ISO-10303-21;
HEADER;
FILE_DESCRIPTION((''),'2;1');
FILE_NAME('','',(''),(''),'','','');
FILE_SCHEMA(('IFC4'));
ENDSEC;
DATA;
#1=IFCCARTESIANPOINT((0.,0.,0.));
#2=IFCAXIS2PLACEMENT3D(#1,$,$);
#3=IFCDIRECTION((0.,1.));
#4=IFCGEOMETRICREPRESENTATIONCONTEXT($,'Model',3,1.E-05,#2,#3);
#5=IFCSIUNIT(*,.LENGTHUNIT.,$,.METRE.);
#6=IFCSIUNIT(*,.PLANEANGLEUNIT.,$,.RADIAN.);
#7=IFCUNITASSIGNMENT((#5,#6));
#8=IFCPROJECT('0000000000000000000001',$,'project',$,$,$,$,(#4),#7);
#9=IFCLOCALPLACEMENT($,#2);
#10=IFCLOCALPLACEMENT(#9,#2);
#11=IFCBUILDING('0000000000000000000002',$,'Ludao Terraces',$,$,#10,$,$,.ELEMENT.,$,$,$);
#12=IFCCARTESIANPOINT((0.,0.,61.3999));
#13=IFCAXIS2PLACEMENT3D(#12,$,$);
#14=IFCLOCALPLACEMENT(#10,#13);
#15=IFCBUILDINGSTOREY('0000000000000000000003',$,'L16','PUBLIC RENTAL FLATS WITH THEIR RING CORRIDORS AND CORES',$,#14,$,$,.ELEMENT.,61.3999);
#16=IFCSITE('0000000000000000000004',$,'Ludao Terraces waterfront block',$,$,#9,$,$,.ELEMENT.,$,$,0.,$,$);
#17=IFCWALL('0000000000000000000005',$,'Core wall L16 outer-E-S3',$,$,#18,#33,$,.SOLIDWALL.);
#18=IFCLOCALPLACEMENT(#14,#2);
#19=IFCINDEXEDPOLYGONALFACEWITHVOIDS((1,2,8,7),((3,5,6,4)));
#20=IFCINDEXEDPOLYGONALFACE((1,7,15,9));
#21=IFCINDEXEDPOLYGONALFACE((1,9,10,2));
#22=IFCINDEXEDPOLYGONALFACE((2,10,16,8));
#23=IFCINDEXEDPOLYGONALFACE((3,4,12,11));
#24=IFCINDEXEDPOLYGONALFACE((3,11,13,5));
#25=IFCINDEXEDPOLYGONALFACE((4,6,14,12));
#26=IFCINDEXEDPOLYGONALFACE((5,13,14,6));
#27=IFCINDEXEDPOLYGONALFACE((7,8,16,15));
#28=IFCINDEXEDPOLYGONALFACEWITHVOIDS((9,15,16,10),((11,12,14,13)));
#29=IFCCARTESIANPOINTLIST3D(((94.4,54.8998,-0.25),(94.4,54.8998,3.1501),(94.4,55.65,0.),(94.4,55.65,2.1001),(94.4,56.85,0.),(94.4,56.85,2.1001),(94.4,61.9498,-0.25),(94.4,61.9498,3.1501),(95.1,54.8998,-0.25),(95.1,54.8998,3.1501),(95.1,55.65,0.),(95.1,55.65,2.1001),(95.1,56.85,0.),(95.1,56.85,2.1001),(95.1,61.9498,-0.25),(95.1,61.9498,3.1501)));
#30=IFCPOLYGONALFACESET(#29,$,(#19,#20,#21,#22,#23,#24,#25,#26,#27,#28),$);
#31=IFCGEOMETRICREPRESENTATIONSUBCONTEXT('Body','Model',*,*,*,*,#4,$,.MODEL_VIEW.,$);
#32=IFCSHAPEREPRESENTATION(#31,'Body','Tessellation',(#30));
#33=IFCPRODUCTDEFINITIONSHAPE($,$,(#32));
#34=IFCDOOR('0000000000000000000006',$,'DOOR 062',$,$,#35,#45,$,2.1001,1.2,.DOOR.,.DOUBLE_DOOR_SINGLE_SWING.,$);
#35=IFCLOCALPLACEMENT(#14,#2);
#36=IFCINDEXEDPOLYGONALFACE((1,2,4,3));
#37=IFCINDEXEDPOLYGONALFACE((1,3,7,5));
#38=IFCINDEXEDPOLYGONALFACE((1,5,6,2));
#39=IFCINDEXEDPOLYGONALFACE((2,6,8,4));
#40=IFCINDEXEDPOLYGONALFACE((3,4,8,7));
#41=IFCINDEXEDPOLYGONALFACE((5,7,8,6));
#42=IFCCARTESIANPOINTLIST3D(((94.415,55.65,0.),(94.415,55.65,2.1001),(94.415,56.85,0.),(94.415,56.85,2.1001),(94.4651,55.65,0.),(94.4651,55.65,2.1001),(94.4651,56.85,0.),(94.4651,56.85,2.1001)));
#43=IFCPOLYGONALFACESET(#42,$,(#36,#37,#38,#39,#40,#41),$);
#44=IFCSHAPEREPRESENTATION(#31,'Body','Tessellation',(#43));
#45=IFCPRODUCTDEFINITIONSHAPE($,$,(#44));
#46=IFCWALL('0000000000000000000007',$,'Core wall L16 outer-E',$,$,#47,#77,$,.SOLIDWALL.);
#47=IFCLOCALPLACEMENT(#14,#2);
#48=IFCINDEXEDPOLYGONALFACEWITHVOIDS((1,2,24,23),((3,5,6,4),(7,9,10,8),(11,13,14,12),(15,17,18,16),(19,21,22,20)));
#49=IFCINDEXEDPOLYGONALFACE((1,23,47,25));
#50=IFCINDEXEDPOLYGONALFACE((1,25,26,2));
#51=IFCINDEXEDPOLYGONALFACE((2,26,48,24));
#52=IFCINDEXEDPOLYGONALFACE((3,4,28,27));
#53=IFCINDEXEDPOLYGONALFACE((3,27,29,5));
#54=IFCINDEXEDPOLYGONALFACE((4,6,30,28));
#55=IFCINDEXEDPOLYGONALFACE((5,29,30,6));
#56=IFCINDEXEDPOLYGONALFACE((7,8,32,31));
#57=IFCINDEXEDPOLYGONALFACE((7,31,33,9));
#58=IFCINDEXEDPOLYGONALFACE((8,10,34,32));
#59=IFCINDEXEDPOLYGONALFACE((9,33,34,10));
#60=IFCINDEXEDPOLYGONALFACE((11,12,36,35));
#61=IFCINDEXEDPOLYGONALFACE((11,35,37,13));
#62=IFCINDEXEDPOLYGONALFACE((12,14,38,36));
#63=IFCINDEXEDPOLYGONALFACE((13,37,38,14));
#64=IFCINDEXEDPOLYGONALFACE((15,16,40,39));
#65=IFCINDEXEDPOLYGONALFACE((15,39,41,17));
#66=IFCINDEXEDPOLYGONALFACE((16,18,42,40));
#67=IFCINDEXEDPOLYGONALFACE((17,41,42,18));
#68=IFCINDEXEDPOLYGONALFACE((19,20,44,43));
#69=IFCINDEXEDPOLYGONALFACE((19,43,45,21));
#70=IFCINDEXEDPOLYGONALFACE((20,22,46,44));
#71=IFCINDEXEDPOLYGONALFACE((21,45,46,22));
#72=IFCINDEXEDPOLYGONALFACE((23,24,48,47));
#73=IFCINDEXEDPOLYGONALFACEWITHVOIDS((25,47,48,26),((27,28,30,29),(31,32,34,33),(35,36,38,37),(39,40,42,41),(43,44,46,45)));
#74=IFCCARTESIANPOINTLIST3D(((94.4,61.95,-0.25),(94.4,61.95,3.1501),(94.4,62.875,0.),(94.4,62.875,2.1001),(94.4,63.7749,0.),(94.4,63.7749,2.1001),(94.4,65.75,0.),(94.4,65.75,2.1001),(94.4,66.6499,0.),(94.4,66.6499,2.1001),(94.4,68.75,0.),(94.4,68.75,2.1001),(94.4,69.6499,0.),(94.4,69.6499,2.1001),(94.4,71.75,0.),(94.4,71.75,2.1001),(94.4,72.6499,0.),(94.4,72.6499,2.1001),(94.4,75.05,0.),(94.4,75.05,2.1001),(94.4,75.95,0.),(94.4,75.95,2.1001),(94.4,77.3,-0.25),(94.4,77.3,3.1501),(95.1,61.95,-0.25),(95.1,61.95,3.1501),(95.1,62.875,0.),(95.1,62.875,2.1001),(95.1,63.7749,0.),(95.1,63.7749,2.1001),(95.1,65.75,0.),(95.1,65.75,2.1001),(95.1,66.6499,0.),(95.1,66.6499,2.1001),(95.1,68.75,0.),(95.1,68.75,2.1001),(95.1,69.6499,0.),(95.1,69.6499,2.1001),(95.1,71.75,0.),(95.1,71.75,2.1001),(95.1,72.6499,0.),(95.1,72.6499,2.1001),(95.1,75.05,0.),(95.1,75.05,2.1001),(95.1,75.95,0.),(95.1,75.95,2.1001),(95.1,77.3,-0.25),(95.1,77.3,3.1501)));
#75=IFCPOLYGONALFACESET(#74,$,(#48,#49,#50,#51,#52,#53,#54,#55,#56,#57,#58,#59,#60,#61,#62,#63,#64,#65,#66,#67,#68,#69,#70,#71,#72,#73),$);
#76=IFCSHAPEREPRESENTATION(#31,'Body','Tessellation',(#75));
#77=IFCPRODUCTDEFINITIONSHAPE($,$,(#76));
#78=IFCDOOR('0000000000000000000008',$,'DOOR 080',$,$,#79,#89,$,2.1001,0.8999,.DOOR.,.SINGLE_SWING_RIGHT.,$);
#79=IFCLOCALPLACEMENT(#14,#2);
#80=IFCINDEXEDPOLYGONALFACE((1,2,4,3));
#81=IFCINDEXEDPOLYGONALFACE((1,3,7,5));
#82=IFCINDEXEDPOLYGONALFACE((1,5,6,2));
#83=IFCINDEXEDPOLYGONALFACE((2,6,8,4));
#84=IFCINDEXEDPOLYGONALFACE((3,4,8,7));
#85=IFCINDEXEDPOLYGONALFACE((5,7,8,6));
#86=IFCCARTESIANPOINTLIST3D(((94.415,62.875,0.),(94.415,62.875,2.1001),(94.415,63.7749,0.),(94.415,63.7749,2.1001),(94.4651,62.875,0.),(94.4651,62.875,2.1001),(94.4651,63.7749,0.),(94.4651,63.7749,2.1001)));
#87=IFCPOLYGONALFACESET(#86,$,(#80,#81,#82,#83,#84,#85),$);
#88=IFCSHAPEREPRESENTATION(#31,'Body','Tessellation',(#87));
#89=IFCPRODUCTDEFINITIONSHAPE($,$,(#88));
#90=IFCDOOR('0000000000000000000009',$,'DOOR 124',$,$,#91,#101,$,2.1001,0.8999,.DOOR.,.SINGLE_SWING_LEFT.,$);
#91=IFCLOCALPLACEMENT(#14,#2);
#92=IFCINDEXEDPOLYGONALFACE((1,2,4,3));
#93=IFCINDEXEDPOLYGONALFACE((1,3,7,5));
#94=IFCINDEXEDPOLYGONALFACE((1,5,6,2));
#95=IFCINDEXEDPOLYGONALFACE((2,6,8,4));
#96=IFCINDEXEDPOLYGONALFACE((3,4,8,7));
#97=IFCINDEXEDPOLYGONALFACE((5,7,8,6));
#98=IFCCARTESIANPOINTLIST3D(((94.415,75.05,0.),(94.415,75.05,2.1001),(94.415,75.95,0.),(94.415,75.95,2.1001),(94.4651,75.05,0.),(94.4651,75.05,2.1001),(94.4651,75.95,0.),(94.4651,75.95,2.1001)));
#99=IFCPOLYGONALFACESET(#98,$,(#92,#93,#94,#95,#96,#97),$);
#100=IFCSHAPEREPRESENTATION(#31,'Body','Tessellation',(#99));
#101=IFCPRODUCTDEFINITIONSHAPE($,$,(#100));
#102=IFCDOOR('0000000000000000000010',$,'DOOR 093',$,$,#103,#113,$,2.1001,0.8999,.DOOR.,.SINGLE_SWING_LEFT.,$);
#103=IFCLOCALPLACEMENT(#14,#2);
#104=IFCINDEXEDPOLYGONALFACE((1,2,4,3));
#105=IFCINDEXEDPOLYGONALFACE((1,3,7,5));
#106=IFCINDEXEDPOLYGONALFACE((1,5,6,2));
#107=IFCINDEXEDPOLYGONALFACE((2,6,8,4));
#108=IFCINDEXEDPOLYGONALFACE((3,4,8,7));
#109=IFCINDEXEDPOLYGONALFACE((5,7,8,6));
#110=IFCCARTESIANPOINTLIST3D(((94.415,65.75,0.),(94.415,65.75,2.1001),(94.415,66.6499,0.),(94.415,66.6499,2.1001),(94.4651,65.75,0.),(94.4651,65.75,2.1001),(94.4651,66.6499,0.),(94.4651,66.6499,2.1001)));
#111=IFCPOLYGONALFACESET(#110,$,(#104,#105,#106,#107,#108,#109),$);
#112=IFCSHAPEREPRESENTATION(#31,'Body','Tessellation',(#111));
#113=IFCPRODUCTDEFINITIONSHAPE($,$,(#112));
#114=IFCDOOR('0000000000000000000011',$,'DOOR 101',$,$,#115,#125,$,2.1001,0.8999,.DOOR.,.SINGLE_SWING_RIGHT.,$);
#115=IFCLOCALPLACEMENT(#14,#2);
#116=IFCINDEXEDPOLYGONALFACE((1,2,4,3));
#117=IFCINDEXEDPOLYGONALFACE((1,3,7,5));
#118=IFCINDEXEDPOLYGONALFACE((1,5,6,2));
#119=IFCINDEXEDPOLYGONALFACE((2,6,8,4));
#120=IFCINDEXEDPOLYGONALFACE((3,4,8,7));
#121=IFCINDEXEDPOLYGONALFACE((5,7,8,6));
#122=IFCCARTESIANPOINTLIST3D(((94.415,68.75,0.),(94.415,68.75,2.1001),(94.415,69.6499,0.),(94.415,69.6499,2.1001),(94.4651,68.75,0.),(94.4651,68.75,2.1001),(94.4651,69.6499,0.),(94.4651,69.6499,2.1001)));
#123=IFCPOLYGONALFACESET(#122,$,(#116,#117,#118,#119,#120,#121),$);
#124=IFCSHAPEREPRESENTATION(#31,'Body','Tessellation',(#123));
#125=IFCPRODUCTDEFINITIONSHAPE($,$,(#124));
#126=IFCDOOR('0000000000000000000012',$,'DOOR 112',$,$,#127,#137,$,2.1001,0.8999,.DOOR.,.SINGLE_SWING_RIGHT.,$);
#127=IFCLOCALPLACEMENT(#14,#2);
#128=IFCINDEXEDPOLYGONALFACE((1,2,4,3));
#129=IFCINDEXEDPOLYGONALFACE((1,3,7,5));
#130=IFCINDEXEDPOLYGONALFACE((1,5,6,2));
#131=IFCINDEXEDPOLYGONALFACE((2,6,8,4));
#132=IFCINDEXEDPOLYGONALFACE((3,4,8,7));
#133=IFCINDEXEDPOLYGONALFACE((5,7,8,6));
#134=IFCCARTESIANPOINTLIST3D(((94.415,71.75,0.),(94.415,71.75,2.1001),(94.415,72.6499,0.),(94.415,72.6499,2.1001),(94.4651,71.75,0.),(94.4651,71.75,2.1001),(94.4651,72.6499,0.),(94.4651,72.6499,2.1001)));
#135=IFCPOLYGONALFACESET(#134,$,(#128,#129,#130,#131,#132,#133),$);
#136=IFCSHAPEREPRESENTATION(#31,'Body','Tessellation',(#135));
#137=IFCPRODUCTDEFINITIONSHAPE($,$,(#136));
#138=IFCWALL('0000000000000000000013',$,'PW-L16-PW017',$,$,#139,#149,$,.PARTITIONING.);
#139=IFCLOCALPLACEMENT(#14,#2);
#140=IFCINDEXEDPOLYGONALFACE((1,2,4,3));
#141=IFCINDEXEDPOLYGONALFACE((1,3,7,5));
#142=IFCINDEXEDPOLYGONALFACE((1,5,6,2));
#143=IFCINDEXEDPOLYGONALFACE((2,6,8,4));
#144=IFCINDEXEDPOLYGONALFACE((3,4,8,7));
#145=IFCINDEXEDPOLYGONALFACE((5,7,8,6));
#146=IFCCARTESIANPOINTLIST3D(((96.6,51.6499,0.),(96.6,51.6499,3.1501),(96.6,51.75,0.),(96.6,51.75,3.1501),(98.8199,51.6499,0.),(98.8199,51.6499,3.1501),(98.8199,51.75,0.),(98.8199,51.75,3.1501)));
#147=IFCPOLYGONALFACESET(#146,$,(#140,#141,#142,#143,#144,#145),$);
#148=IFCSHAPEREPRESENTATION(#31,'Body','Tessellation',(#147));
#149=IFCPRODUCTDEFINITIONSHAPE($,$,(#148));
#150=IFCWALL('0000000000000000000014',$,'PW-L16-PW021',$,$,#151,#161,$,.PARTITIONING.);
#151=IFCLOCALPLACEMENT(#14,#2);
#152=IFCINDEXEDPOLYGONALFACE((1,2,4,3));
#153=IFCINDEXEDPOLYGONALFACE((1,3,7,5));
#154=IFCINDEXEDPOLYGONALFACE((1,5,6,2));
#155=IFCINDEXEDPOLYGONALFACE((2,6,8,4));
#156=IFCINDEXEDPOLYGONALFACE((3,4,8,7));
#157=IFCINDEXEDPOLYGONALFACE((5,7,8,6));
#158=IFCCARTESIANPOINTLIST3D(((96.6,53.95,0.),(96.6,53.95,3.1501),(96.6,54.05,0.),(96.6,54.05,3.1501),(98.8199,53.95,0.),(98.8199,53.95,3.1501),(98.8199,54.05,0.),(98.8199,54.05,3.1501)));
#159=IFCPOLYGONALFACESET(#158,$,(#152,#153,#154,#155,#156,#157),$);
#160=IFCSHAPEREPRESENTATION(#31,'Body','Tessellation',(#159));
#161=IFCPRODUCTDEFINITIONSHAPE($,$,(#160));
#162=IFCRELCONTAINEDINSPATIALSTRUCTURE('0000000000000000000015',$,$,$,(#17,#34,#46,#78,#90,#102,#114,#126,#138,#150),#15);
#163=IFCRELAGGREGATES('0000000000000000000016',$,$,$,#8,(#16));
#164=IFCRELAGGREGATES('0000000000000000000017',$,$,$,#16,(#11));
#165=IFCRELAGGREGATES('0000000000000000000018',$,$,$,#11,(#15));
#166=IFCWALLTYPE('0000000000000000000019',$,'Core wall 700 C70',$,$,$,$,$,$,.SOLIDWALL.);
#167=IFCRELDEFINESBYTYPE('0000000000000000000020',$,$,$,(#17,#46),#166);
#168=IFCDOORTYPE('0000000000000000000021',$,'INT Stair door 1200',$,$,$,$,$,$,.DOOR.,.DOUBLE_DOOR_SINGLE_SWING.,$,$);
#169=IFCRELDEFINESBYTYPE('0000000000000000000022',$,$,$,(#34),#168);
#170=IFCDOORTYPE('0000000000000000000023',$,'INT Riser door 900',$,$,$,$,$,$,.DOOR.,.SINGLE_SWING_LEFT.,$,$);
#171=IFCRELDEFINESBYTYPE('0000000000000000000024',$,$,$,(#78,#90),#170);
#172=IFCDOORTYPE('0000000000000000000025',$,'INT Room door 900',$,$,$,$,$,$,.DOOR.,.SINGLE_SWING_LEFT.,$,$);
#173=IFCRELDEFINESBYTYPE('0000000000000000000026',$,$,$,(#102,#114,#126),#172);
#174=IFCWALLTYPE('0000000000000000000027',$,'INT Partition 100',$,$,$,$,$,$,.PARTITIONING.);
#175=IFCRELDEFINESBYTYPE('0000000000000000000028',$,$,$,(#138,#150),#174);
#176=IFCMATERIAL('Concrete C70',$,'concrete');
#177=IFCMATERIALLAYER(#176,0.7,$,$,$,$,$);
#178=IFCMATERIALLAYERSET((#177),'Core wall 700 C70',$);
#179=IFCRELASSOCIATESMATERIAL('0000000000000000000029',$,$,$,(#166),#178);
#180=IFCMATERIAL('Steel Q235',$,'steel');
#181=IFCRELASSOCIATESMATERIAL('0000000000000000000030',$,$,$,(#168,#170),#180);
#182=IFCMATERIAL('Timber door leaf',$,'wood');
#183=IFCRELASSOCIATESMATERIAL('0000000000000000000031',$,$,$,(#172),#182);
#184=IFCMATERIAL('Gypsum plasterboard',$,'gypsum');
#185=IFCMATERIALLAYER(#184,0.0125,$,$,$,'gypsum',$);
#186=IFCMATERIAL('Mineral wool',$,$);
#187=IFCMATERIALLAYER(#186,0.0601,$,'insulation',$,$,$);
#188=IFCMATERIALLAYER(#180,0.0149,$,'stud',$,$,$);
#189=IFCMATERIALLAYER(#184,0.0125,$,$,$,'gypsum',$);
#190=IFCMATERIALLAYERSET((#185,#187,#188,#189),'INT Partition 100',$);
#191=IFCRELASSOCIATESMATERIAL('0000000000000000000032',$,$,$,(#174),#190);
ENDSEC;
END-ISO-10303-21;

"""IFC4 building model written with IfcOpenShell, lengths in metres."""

from ifc_helpers import new_model, si_unit, direction, frame, frame_2d, origin, place, context, subcontext, project, spatial, rectangle, extrude, material, layer, layer_set, type_object, element, fill, save


model = new_model("IFC4")

# Units and contexts
model_context = context("Model", 3, precision=1e-05, world=origin(), true_north=direction((0.0, 1.0)))
body_context = subcontext(model_context, "Body", "Model", "MODEL_VIEW")
ifc_project = project(units=[si_unit("LENGTHUNIT", "METRE"), si_unit("PLANEANGLEUNIT", "RADIAN")], contexts=[model_context])

# Site, building, storey
site_placement = place(None, origin())
site = spatial("IfcSite", under=ifc_project, at=site_placement, Name="Ludao Terraces waterfront block", CompositionType="ELEMENT", RefElevation=0.0)
building_placement = place(site_placement, origin())
building = spatial("IfcBuilding", under=site, at=building_placement, Name="Ludao Terraces", CompositionType="ELEMENT")
storey_placement = place(building_placement, frame((0.0, 0.0, 61.3999)))
storey = spatial("IfcBuildingStorey", under=building, at=storey_placement, Name="L16", Description="PUBLIC RENTAL FLATS WITH THEIR RING CORRIDORS AND CORES", CompositionType="ELEMENT", Elevation=61.3999)

# Wall, opening, door
ifc_material_1 = material(Name="Concrete C70", Category="concrete")
ifc_layer_1 = layer(ifc_material_1, 0.7)
ifc_layer_set_1 = layer_set([ifc_layer_1], Name="Core wall 700 C70")
wall_type_1 = type_object("IfcWallType", Name="Core wall 700 C70", PredefinedType="SOLIDWALL", material=ifc_layer_set_1)
wall_1_placement = place(storey_placement, frame((94.75, 54.8999, -0.25), z_axis=(0.0, 0.0, 1.0), x_axis=(0.0, 1.0, 0.0)))
wall_1 = element("IfcWall", 1, at=wall_1_placement, inside=storey, type_object=wall_type_1, Name="Core wall L16 outer-E-S3", PredefinedType="SOLIDWALL", context=body_context, shape_type="SweptSolid", body=[
    extrude(rectangle(XDim=7.05, YDim=0.7, at=frame_2d((3.5249, 0.0))), origin(), (0.0, 0.0, 1.0), 3.4001),
])
opening_1_placement = place(wall_1_placement, frame((0.75, 0.0, 0.25)))
opening_1 = element("IfcOpeningElement", 2, at=opening_1_placement, cuts=wall_1, PredefinedType="OPENING", context=body_context, shape_type="SweptSolid", body=[
    extrude(rectangle(XDim=1.2, YDim=2.1001, at=frame_2d((0.6001, 1.05))), frame((0.0, 0.3599, 0.0), z_axis=(0.0, -1.0, 0.0), x_axis=(1.0, 0.0, 0.0)), (0.0, 0.0, 1.0), 0.72),
])
ifc_material_2 = material(Name="Steel Q235", Category="steel")
door_type_1 = type_object("IfcDoorType", Name="INT Stair door 1200", OperationType="DOUBLE_DOOR_SINGLE_SWING", PredefinedType="DOOR", material=ifc_material_2)
door_1_placement = place(opening_1_placement, origin())
door_1 = element("IfcDoor", 3, at=door_1_placement, inside=storey, type_object=door_type_1, Name="DOOR 062", OperationType="DOUBLE_DOOR_SINGLE_SWING", OverallHeight=2.1001, OverallWidth=1.2, PredefinedType="DOOR", context=body_context, shape_type="SweptSolid", body=[
    extrude(rectangle(XDim=1.2, YDim=2.1001, at=frame_2d((0.6001, 1.05))), frame((0.0, 0.335, 0.0), z_axis=(0.0, -1.0, 0.0), x_axis=(1.0, 0.0, 0.0)), (0.0, 0.0, 1.0), 0.05),
])
fill(opening_1, door_1)

# Wall, openings, doors
wall_2_placement = place(storey_placement, frame((94.75, 61.95, -0.25), z_axis=(0.0, 0.0, 1.0), x_axis=(0.0, 1.0, 0.0)))
wall_2 = element("IfcWall", 4, at=wall_2_placement, inside=storey, type_object=wall_type_1, Name="Core wall L16 outer-E", PredefinedType="SOLIDWALL", context=body_context, shape_type="SweptSolid", body=[
    extrude(rectangle(XDim=15.3501, YDim=0.7, at=frame_2d((7.675, 0.0))), origin(), (0.0, 0.0, 1.0), 3.4001),
])
opening_2_placement = place(wall_2_placement, frame((0.925, 0.0, 0.25)))
opening_2 = element("IfcOpeningElement", 5, at=opening_2_placement, cuts=wall_2, PredefinedType="OPENING", context=body_context, shape_type="SweptSolid", body=[
    extrude(rectangle(XDim=0.8999, YDim=2.1001, at=frame_2d((0.45, 1.05))), frame((0.0, 0.3599, 0.0), z_axis=(0.0, -1.0, 0.0), x_axis=(1.0, 0.0, 0.0)), (0.0, 0.0, 1.0), 0.72),
])
opening_3_placement = place(wall_2_placement, frame((3.8, 0.0, 0.25)))
opening_3 = element("IfcOpeningElement", 6, at=opening_3_placement, cuts=wall_2, PredefinedType="OPENING", context=body_context, shape_type="SweptSolid", body=[
    extrude(rectangle(XDim=0.8999, YDim=2.1001, at=frame_2d((0.45, 1.05))), frame((0.0, 0.3599, 0.0), z_axis=(0.0, -1.0, 0.0), x_axis=(1.0, 0.0, 0.0)), (0.0, 0.0, 1.0), 0.72),
])
opening_4_placement = place(wall_2_placement, frame((6.8, 0.0, 0.25)))
opening_4 = element("IfcOpeningElement", 7, at=opening_4_placement, cuts=wall_2, PredefinedType="OPENING", context=body_context, shape_type="SweptSolid", body=[
    extrude(rectangle(XDim=0.8999, YDim=2.1001, at=frame_2d((0.45, 1.05))), frame((0.0, 0.3599, 0.0), z_axis=(0.0, -1.0, 0.0), x_axis=(1.0, 0.0, 0.0)), (0.0, 0.0, 1.0), 0.72),
])
opening_5_placement = place(wall_2_placement, frame((9.8, 0.0, 0.25)))
opening_5 = element("IfcOpeningElement", 8, at=opening_5_placement, cuts=wall_2, PredefinedType="OPENING", context=body_context, shape_type="SweptSolid", body=[
    extrude(rectangle(XDim=0.8999, YDim=2.1001, at=frame_2d((0.45, 1.05))), frame((0.0, 0.3599, 0.0), z_axis=(0.0, -1.0, 0.0), x_axis=(1.0, 0.0, 0.0)), (0.0, 0.0, 1.0), 0.72),
])
opening_6_placement = place(wall_2_placement, frame((13.1001, 0.0, 0.25)))
opening_6 = element("IfcOpeningElement", 9, at=opening_6_placement, cuts=wall_2, PredefinedType="OPENING", context=body_context, shape_type="SweptSolid", body=[
    extrude(rectangle(XDim=0.8999, YDim=2.1001, at=frame_2d((0.45, 1.05))), frame((0.0, 0.3599, 0.0), z_axis=(0.0, -1.0, 0.0), x_axis=(1.0, 0.0, 0.0)), (0.0, 0.0, 1.0), 0.72),
])
door_type_2 = type_object("IfcDoorType", Name="INT Riser door 900", OperationType="SINGLE_SWING_LEFT", PredefinedType="DOOR", material=ifc_material_2)
door_2_placement = place(opening_2_placement, origin())
door_2 = element("IfcDoor", 10, at=door_2_placement, inside=storey, type_object=door_type_2, Name="DOOR 080", OperationType="SINGLE_SWING_RIGHT", OverallHeight=2.1001, OverallWidth=0.8999, PredefinedType="DOOR", context=body_context, shape_type="SweptSolid", body=[
    extrude(rectangle(XDim=0.8999, YDim=2.1001, at=frame_2d((0.45, 1.05))), frame((0.0, 0.335, 0.0), z_axis=(0.0, -1.0, 0.0), x_axis=(1.0, 0.0, 0.0)), (0.0, 0.0, 1.0), 0.05),
])
fill(opening_2, door_2)
door_3_placement = place(opening_6_placement, origin())
door_3 = element("IfcDoor", 11, at=door_3_placement, inside=storey, type_object=door_type_2, Name="DOOR 124", OperationType="SINGLE_SWING_LEFT", OverallHeight=2.1001, OverallWidth=0.8999, PredefinedType="DOOR", context=body_context, shape_type="SweptSolid", body=[
    extrude(rectangle(XDim=0.8999, YDim=2.1001, at=frame_2d((0.45, 1.05))), frame((0.0, 0.335, 0.0), z_axis=(0.0, -1.0, 0.0), x_axis=(1.0, 0.0, 0.0)), (0.0, 0.0, 1.0), 0.05),
])
fill(opening_6, door_3)
ifc_material_3 = material(Name="Timber door leaf", Category="wood")
door_type_3 = type_object("IfcDoorType", Name="INT Room door 900", OperationType="SINGLE_SWING_LEFT", PredefinedType="DOOR", material=ifc_material_3)
door_4_placement = place(opening_3_placement, origin())
door_4 = element("IfcDoor", 12, at=door_4_placement, inside=storey, type_object=door_type_3, Name="DOOR 093", OperationType="SINGLE_SWING_LEFT", OverallHeight=2.1001, OverallWidth=0.8999, PredefinedType="DOOR", context=body_context, shape_type="SweptSolid", body=[
    extrude(rectangle(XDim=0.8999, YDim=2.1001, at=frame_2d((0.45, 1.05))), frame((0.0, 0.335, 0.0), z_axis=(0.0, -1.0, 0.0), x_axis=(1.0, 0.0, 0.0)), (0.0, 0.0, 1.0), 0.05),
])
fill(opening_3, door_4)
door_5_placement = place(opening_4_placement, origin())
door_5 = element("IfcDoor", 13, at=door_5_placement, inside=storey, type_object=door_type_3, Name="DOOR 101", OperationType="SINGLE_SWING_RIGHT", OverallHeight=2.1001, OverallWidth=0.8999, PredefinedType="DOOR", context=body_context, shape_type="SweptSolid", body=[
    extrude(rectangle(XDim=0.8999, YDim=2.1001, at=frame_2d((0.45, 1.05))), frame((0.0, 0.335, 0.0), z_axis=(0.0, -1.0, 0.0), x_axis=(1.0, 0.0, 0.0)), (0.0, 0.0, 1.0), 0.05),
])
fill(opening_4, door_5)
door_6_placement = place(opening_5_placement, origin())
door_6 = element("IfcDoor", 14, at=door_6_placement, inside=storey, type_object=door_type_3, Name="DOOR 112", OperationType="SINGLE_SWING_RIGHT", OverallHeight=2.1001, OverallWidth=0.8999, PredefinedType="DOOR", context=body_context, shape_type="SweptSolid", body=[
    extrude(rectangle(XDim=0.8999, YDim=2.1001, at=frame_2d((0.45, 1.05))), frame((0.0, 0.335, 0.0), z_axis=(0.0, -1.0, 0.0), x_axis=(1.0, 0.0, 0.0)), (0.0, 0.0, 1.0), 0.05),
])
fill(opening_5, door_6)

# Walls
ifc_material_4 = material(Name="Gypsum plasterboard", Category="gypsum")
ifc_layer_2 = layer(ifc_material_4, 0.0125, Category="gypsum")
ifc_material_5 = material(Name="Mineral wool")
ifc_layer_3 = layer(ifc_material_5, 0.0601, Name="insulation")
ifc_layer_4 = layer(ifc_material_2, 0.0149, Name="stud")
ifc_layer_5 = layer(ifc_material_4, 0.0125, Category="gypsum")
ifc_layer_set_2 = layer_set([ifc_layer_2, ifc_layer_3, ifc_layer_4, ifc_layer_5], Name="INT Partition 100")
wall_type_2 = type_object("IfcWallType", Name="INT Partition 100", PredefinedType="PARTITIONING", material=ifc_layer_set_2)
for number, where, z_axis, x_axis, name in (
    (15, (96.6001, 51.7, 0.0), (0.0, 0.0, 1.0), (1.0, 0.0, 0.0), "PW-L16-PW017"),
    (16, (96.6001, 54.0, 0.0), (0.0, 0.0, 1.0), (1.0, 0.0, 0.0), "PW-L16-PW021"),
):
    element("IfcWall", number, at=place(storey_placement, frame(where, z_axis=z_axis, x_axis=x_axis)), inside=storey, type_object=wall_type_2, Name=name, PredefinedType="PARTITIONING", context=body_context, shape_type="SweptSolid", body=[
        extrude(rectangle(XDim=2.22, YDim=0.1001, at=frame_2d((1.1099, 0.0))), origin(), (0.0, 0.0, 1.0), 3.1501),
    ])

save(model, "model.ifc")
